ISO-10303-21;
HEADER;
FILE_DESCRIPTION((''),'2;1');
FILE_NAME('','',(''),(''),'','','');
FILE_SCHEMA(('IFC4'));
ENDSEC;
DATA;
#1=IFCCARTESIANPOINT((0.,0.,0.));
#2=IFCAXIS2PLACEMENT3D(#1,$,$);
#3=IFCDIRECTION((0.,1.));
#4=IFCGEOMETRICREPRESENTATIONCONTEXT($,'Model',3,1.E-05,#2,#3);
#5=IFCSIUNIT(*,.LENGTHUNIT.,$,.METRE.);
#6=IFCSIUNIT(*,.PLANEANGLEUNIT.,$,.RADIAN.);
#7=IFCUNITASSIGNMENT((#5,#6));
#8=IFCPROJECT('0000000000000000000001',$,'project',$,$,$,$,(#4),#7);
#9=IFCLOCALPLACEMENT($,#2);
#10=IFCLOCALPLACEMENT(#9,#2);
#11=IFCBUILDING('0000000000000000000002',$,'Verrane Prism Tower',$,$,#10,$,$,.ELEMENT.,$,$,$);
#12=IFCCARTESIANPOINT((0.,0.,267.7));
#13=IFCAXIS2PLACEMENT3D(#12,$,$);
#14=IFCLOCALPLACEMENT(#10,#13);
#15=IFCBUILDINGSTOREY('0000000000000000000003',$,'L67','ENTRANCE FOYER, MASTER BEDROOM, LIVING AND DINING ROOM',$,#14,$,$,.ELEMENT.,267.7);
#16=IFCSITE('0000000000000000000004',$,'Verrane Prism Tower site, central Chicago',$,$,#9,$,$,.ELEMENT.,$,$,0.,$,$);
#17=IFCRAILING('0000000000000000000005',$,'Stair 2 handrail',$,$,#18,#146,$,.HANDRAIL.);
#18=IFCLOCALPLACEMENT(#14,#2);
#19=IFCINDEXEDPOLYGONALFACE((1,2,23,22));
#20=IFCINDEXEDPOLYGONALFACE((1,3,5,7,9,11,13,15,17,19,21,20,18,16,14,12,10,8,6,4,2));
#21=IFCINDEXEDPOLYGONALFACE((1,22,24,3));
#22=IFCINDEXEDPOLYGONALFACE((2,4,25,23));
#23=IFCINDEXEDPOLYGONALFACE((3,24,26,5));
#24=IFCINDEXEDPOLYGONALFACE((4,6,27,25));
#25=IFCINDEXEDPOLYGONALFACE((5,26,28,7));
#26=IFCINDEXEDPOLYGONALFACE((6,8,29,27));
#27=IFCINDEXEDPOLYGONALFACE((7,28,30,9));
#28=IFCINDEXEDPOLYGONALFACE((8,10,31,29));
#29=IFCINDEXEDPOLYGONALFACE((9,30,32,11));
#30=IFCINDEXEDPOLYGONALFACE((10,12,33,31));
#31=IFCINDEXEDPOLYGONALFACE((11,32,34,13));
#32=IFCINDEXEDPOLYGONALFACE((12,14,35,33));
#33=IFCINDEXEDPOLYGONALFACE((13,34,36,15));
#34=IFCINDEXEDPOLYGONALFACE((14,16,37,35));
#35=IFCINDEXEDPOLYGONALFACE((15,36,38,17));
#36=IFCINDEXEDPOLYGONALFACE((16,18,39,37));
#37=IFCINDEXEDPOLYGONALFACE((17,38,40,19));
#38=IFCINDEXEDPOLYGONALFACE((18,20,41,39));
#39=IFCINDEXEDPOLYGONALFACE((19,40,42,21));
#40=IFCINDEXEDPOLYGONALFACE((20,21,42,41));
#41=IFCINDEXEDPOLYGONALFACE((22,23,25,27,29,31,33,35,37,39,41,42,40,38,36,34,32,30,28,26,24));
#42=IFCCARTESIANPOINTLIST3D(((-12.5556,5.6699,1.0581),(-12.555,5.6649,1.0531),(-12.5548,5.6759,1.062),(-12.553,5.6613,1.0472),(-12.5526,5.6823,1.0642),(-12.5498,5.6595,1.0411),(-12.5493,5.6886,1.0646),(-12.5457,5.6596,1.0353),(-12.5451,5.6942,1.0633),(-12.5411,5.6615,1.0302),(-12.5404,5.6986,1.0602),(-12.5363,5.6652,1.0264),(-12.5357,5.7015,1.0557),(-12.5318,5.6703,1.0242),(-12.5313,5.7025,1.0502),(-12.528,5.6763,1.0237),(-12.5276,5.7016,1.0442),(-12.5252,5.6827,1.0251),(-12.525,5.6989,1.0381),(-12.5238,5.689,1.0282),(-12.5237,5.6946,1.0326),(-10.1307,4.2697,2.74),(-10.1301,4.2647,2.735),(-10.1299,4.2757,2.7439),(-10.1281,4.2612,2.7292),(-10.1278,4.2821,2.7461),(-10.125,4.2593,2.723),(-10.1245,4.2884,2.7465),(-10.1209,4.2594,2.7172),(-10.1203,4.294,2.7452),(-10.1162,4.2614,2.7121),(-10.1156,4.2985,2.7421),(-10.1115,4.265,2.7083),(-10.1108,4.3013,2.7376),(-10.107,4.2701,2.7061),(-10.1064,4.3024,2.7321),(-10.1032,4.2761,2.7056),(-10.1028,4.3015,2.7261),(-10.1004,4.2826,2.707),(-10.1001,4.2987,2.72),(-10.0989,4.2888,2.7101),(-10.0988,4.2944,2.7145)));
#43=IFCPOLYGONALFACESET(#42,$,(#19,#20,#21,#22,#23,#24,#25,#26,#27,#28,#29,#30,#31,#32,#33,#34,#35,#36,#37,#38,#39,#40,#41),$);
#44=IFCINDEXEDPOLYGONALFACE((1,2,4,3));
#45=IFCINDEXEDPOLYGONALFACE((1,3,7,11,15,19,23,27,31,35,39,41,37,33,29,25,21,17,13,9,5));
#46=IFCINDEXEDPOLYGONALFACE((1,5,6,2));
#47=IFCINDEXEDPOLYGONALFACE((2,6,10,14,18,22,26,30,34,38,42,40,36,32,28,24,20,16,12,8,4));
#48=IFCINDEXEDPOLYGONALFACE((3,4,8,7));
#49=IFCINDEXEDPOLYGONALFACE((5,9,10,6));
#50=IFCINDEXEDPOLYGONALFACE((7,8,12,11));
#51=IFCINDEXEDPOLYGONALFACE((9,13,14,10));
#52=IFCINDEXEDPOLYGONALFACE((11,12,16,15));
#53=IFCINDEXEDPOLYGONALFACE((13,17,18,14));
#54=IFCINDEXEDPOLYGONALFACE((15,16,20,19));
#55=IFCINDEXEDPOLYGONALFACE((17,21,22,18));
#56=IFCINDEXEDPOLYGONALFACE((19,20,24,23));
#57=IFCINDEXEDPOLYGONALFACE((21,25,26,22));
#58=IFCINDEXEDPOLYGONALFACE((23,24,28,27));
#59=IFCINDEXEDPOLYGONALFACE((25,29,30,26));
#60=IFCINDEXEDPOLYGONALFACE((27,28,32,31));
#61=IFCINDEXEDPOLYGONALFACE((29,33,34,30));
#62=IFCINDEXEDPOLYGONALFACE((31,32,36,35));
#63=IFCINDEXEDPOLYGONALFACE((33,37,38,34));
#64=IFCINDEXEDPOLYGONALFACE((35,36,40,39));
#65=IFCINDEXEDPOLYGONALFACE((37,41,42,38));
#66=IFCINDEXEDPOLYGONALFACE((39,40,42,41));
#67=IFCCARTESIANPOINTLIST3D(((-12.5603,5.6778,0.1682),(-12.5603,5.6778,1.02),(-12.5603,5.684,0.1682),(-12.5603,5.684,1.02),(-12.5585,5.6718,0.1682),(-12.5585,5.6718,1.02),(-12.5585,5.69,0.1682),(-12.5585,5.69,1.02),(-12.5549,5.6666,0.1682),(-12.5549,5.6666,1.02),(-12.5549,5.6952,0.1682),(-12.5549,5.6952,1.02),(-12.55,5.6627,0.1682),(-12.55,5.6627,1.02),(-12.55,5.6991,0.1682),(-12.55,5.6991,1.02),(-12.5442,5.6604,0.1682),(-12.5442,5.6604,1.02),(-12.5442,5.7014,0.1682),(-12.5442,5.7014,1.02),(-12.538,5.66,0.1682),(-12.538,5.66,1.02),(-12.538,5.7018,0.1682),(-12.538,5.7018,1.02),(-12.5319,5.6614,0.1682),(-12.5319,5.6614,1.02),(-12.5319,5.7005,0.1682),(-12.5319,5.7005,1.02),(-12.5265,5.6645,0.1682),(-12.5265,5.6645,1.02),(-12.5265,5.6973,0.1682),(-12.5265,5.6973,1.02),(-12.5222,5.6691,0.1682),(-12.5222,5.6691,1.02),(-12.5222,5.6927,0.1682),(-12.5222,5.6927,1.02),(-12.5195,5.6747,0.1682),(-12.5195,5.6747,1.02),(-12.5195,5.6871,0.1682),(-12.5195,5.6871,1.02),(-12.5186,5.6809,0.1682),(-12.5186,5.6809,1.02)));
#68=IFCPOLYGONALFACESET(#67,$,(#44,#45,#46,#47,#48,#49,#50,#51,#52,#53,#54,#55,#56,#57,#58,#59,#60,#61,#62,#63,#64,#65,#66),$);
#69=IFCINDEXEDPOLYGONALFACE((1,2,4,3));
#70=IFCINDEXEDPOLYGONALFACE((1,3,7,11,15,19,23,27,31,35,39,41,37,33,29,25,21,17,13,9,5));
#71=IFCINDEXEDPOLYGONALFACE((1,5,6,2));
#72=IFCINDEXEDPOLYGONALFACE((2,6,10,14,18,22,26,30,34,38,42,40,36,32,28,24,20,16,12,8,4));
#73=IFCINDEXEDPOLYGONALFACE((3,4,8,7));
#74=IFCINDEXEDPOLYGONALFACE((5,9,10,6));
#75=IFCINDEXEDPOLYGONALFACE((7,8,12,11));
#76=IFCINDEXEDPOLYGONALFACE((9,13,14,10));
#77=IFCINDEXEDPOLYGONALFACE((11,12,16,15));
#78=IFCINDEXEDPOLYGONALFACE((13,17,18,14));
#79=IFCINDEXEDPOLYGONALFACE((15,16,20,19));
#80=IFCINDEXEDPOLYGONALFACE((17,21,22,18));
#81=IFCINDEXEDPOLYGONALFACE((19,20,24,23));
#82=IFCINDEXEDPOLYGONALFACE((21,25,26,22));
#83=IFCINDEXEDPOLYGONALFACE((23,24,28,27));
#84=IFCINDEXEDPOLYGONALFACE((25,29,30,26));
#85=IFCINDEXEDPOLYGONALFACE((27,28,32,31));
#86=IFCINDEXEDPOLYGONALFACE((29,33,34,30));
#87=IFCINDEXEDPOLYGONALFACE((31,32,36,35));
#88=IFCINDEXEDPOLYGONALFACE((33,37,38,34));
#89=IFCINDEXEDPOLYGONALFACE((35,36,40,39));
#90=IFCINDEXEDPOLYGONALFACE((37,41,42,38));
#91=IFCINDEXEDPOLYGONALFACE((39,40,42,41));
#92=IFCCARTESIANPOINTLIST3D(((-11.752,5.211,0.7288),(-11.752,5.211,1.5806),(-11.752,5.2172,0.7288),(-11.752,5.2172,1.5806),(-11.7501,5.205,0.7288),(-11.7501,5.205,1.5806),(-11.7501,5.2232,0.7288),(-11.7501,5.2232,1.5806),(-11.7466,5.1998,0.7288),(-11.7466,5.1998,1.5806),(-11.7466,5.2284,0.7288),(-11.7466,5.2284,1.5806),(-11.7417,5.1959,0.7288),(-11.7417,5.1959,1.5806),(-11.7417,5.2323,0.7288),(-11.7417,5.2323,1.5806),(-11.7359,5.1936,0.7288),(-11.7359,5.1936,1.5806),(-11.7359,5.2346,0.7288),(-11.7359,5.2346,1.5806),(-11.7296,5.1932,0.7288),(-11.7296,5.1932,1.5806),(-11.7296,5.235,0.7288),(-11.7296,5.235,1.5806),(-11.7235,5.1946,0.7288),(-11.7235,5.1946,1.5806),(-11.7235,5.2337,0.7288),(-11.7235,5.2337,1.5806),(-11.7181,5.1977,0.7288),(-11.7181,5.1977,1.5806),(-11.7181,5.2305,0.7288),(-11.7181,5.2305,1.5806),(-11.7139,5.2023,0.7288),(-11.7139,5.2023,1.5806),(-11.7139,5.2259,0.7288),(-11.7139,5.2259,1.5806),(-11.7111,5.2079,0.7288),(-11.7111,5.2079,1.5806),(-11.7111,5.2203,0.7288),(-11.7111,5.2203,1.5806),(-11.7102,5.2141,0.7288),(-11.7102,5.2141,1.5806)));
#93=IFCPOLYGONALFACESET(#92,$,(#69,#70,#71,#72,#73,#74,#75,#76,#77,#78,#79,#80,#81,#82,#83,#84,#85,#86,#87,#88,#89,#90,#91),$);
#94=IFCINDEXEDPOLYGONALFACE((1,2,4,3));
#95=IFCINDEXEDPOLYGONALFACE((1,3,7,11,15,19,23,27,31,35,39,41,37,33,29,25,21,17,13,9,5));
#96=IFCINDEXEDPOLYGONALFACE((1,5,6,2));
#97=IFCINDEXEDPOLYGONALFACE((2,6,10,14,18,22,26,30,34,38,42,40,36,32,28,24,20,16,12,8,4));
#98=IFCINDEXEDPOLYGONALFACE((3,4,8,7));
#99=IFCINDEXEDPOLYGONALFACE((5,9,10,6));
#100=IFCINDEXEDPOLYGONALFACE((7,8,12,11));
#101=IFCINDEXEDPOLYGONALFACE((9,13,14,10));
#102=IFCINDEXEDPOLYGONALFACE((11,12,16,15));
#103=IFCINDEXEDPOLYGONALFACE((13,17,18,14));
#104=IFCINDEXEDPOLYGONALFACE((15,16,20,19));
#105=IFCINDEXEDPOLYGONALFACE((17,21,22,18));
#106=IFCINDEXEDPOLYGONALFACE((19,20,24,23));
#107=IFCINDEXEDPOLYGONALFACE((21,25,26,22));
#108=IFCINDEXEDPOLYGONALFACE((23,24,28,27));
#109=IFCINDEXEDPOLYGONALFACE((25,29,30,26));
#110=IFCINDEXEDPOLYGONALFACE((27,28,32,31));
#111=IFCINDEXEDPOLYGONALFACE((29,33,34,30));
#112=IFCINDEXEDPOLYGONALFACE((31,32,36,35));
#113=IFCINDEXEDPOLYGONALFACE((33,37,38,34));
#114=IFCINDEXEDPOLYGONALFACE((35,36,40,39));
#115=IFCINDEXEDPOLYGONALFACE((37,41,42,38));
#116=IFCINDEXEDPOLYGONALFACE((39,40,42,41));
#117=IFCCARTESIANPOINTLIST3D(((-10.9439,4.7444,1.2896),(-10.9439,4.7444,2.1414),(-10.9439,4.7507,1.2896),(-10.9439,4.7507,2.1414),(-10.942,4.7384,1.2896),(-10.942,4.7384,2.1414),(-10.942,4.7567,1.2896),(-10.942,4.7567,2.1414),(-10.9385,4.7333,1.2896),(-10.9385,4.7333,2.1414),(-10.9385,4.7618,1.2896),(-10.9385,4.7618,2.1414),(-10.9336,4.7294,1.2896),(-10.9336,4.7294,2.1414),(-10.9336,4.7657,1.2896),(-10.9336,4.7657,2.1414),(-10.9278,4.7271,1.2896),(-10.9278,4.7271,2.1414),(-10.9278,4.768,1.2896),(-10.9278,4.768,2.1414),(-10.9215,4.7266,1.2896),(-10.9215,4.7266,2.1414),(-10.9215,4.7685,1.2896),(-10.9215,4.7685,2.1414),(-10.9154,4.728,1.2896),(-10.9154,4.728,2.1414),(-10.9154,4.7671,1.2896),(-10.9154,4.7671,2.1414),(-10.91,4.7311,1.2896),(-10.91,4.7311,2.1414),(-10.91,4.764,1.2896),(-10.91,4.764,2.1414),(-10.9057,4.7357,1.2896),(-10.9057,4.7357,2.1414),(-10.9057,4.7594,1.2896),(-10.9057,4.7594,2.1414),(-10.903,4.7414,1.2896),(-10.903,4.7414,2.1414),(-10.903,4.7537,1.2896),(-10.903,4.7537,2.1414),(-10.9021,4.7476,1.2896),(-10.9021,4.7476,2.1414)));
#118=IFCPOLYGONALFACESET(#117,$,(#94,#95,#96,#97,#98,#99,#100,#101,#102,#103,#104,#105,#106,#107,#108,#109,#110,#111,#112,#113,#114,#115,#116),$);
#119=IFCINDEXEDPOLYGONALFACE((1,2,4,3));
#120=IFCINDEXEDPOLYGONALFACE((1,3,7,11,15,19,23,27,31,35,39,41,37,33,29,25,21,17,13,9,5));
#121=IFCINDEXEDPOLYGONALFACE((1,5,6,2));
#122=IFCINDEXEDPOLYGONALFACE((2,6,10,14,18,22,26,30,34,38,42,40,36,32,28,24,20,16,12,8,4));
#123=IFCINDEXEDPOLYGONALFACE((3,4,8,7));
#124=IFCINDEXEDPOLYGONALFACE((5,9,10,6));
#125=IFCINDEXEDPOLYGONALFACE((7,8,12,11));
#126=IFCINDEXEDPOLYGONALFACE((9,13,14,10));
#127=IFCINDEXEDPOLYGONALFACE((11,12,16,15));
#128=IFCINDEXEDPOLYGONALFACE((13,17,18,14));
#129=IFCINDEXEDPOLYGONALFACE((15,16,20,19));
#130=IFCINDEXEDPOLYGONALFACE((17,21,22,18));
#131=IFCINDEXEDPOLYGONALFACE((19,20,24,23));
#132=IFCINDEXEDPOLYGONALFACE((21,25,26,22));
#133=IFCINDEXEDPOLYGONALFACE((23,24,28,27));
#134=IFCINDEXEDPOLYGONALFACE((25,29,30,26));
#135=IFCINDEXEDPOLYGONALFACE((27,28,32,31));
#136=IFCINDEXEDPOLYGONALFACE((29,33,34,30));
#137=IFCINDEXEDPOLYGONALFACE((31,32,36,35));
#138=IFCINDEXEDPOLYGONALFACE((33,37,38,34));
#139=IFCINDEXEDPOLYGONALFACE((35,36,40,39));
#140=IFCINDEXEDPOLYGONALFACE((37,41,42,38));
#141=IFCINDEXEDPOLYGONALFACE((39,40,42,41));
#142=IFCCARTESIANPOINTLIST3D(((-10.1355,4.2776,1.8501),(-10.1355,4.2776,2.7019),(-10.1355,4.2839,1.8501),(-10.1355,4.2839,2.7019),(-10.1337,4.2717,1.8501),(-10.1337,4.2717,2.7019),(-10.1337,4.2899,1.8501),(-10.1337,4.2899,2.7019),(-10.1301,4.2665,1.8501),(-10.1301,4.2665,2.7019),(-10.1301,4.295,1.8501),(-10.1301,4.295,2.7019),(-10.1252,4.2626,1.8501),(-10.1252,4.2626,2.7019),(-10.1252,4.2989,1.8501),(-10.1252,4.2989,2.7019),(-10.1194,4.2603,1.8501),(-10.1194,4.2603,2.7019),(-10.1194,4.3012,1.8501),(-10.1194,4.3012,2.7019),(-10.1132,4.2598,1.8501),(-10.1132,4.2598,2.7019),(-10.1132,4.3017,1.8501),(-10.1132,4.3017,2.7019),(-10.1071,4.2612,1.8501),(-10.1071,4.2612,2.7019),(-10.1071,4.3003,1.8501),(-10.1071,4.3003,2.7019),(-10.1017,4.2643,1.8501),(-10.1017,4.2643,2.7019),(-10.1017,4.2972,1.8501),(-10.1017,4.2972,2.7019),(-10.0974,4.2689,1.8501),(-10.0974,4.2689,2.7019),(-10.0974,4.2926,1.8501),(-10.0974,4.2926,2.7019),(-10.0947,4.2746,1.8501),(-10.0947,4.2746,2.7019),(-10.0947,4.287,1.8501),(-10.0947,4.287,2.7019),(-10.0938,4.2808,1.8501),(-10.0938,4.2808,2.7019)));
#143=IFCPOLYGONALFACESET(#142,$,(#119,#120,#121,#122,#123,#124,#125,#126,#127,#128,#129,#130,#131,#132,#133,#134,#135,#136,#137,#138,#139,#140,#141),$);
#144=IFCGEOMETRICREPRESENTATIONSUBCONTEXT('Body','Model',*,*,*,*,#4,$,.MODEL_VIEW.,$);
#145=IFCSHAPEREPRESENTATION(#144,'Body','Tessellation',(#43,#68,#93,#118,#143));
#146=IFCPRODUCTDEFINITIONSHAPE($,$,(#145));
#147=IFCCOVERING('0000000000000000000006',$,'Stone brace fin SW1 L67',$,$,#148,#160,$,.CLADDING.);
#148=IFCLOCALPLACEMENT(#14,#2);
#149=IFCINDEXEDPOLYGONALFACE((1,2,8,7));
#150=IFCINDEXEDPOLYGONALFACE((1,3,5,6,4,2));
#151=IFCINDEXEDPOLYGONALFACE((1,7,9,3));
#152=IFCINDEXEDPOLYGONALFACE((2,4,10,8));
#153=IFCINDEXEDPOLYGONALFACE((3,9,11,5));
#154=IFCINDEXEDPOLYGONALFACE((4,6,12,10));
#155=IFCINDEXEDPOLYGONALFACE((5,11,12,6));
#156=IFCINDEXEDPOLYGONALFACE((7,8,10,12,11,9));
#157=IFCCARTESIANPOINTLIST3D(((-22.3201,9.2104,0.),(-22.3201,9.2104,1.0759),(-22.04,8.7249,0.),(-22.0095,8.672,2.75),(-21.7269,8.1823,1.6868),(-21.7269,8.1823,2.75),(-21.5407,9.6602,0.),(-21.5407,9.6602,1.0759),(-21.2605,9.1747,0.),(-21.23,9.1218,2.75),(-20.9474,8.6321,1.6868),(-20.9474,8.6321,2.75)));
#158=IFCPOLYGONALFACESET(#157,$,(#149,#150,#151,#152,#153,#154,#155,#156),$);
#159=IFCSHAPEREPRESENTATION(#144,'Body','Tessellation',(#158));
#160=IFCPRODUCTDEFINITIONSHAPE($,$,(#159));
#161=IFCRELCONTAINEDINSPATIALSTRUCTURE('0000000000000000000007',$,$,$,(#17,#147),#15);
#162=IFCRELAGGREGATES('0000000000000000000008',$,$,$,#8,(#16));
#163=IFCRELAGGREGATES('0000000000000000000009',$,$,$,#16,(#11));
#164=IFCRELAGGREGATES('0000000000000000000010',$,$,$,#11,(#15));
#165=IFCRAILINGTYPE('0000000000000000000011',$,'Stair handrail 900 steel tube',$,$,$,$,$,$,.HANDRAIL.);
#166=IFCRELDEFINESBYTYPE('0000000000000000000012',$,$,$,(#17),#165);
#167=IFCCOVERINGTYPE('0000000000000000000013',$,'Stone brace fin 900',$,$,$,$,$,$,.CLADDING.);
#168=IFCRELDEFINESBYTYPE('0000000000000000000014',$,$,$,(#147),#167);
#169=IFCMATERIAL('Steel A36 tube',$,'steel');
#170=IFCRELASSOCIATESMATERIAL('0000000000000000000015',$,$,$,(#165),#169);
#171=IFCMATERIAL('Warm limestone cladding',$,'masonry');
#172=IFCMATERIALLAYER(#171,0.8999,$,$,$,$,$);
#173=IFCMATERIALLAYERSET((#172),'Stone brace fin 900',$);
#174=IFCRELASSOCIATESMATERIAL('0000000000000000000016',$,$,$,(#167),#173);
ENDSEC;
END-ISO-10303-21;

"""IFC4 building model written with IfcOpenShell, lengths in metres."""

from ifc_helpers import new_model, si_unit, direction, frame, origin, origin_2d, place, context, subcontext, project, spatial, polyline, circle, outline, extrude, material, layer, layer_set, type_object, element, save


model = new_model("IFC4")

# Units and contexts
model_context = context("Model", 3, precision=1e-05, world=origin(), true_north=direction((0.0, 1.0)))
body_context = subcontext(model_context, "Body", "Model", "MODEL_VIEW")
ifc_project = project(units=[si_unit("LENGTHUNIT", "METRE"), si_unit("PLANEANGLEUNIT", "RADIAN")], contexts=[model_context])

# Site, building, storey
site_placement = place(None, origin())
site = spatial("IfcSite", under=ifc_project, at=site_placement, Name="Verrane Prism Tower site, central Chicago", CompositionType="ELEMENT", RefElevation=0.0)
building_placement = place(site_placement, origin())
building = spatial("IfcBuilding", under=site, at=building_placement, Name="Verrane Prism Tower", CompositionType="ELEMENT")
storey_placement = place(building_placement, frame((0.0, 0.0, 267.7)))
storey = spatial("IfcBuildingStorey", under=building, at=storey_placement, Name="L67", Description="ENTRANCE FOYER, MASTER BEDROOM, LIVING AND DINING ROOM", CompositionType="ELEMENT", Elevation=267.7)

# Railing
ifc_material_1 = material(Name="Steel A36 tube", Category="steel")
railing_type = type_object("IfcRailingType", Name="Stair handrail 900 steel tube", PredefinedType="HANDRAIL", material=ifc_material_1)
railing_placement = place(storey_placement, frame((-12.5396, 5.6809, 0.1682)))
element("IfcRailing", 1, at=railing_placement, inside=storey, type_object=railing_type, Name="Stair 2 handrail", PredefinedType="HANDRAIL", context=body_context, shape_type="SweptSolid", body=[
    extrude(circle(Radius=0.0239, at=origin_2d()), frame((0.0, 0.0, 0.876), z_axis=(0.742367, -0.428662, 0.514918), x_axis=(0.50005, 0.865997, 0.0)), (0.0, 0.0, 1.0), 3.2664),
    extrude(circle(Radius=0.021, at=origin_2d()), origin(), (0.0, 0.0, 1.0), 0.8518),
    extrude(circle(Radius=0.021, at=origin_2d()), frame((0.8083, -0.4668, 0.5605)), (0.0, 0.0, 1.0), 0.8518),
    extrude(circle(Radius=0.021, at=origin_2d()), frame((1.6165, -0.9333, 1.1213)), (0.0, 0.0, 1.0), 0.8518),
    extrude(circle(Radius=0.021, at=origin_2d()), frame((2.4248, -1.4001, 1.6819)), (0.0, 0.0, 1.0), 0.8518),
])

# Covering
ifc_material_2 = material(Name="Warm limestone cladding", Category="masonry")
ifc_layer_1 = layer(ifc_material_2, 0.8999)
ifc_layer_set_1 = layer_set([ifc_layer_1], Name="Stone brace fin 900")
covering_type = type_object("IfcCoveringType", Name="Stone brace fin 900", PredefinedType="CLADDING", material=ifc_layer_set_1)
covering_placement = place(storey_placement, frame((-21.9304, 9.4353, 0.0), z_axis=(0.0, 0.0, 1.0), x_axis=(0.499811, -0.866134, 0.0)))
element("IfcCovering", 2, at=covering_placement, inside=storey, type_object=covering_type, Name="Stone brace fin SW1 L67", PredefinedType="CLADDING", context=body_context, shape_type="SweptSolid", body=[
    extrude(outline(polyline([(1.187, 2.75), (0.6216, 2.75), (0.0, 1.0759), (0.0, 0.0), (0.5605, 0.0), (1.187, 1.6868), (1.187, 2.75)])), frame((0.0, 0.45, 0.0), z_axis=(0.0, -1.0, 0.0), x_axis=(1.0, 0.0, 0.0)), (0.0, 0.0, 1.0), 0.8999),
])

save(model, "model.ifc")
